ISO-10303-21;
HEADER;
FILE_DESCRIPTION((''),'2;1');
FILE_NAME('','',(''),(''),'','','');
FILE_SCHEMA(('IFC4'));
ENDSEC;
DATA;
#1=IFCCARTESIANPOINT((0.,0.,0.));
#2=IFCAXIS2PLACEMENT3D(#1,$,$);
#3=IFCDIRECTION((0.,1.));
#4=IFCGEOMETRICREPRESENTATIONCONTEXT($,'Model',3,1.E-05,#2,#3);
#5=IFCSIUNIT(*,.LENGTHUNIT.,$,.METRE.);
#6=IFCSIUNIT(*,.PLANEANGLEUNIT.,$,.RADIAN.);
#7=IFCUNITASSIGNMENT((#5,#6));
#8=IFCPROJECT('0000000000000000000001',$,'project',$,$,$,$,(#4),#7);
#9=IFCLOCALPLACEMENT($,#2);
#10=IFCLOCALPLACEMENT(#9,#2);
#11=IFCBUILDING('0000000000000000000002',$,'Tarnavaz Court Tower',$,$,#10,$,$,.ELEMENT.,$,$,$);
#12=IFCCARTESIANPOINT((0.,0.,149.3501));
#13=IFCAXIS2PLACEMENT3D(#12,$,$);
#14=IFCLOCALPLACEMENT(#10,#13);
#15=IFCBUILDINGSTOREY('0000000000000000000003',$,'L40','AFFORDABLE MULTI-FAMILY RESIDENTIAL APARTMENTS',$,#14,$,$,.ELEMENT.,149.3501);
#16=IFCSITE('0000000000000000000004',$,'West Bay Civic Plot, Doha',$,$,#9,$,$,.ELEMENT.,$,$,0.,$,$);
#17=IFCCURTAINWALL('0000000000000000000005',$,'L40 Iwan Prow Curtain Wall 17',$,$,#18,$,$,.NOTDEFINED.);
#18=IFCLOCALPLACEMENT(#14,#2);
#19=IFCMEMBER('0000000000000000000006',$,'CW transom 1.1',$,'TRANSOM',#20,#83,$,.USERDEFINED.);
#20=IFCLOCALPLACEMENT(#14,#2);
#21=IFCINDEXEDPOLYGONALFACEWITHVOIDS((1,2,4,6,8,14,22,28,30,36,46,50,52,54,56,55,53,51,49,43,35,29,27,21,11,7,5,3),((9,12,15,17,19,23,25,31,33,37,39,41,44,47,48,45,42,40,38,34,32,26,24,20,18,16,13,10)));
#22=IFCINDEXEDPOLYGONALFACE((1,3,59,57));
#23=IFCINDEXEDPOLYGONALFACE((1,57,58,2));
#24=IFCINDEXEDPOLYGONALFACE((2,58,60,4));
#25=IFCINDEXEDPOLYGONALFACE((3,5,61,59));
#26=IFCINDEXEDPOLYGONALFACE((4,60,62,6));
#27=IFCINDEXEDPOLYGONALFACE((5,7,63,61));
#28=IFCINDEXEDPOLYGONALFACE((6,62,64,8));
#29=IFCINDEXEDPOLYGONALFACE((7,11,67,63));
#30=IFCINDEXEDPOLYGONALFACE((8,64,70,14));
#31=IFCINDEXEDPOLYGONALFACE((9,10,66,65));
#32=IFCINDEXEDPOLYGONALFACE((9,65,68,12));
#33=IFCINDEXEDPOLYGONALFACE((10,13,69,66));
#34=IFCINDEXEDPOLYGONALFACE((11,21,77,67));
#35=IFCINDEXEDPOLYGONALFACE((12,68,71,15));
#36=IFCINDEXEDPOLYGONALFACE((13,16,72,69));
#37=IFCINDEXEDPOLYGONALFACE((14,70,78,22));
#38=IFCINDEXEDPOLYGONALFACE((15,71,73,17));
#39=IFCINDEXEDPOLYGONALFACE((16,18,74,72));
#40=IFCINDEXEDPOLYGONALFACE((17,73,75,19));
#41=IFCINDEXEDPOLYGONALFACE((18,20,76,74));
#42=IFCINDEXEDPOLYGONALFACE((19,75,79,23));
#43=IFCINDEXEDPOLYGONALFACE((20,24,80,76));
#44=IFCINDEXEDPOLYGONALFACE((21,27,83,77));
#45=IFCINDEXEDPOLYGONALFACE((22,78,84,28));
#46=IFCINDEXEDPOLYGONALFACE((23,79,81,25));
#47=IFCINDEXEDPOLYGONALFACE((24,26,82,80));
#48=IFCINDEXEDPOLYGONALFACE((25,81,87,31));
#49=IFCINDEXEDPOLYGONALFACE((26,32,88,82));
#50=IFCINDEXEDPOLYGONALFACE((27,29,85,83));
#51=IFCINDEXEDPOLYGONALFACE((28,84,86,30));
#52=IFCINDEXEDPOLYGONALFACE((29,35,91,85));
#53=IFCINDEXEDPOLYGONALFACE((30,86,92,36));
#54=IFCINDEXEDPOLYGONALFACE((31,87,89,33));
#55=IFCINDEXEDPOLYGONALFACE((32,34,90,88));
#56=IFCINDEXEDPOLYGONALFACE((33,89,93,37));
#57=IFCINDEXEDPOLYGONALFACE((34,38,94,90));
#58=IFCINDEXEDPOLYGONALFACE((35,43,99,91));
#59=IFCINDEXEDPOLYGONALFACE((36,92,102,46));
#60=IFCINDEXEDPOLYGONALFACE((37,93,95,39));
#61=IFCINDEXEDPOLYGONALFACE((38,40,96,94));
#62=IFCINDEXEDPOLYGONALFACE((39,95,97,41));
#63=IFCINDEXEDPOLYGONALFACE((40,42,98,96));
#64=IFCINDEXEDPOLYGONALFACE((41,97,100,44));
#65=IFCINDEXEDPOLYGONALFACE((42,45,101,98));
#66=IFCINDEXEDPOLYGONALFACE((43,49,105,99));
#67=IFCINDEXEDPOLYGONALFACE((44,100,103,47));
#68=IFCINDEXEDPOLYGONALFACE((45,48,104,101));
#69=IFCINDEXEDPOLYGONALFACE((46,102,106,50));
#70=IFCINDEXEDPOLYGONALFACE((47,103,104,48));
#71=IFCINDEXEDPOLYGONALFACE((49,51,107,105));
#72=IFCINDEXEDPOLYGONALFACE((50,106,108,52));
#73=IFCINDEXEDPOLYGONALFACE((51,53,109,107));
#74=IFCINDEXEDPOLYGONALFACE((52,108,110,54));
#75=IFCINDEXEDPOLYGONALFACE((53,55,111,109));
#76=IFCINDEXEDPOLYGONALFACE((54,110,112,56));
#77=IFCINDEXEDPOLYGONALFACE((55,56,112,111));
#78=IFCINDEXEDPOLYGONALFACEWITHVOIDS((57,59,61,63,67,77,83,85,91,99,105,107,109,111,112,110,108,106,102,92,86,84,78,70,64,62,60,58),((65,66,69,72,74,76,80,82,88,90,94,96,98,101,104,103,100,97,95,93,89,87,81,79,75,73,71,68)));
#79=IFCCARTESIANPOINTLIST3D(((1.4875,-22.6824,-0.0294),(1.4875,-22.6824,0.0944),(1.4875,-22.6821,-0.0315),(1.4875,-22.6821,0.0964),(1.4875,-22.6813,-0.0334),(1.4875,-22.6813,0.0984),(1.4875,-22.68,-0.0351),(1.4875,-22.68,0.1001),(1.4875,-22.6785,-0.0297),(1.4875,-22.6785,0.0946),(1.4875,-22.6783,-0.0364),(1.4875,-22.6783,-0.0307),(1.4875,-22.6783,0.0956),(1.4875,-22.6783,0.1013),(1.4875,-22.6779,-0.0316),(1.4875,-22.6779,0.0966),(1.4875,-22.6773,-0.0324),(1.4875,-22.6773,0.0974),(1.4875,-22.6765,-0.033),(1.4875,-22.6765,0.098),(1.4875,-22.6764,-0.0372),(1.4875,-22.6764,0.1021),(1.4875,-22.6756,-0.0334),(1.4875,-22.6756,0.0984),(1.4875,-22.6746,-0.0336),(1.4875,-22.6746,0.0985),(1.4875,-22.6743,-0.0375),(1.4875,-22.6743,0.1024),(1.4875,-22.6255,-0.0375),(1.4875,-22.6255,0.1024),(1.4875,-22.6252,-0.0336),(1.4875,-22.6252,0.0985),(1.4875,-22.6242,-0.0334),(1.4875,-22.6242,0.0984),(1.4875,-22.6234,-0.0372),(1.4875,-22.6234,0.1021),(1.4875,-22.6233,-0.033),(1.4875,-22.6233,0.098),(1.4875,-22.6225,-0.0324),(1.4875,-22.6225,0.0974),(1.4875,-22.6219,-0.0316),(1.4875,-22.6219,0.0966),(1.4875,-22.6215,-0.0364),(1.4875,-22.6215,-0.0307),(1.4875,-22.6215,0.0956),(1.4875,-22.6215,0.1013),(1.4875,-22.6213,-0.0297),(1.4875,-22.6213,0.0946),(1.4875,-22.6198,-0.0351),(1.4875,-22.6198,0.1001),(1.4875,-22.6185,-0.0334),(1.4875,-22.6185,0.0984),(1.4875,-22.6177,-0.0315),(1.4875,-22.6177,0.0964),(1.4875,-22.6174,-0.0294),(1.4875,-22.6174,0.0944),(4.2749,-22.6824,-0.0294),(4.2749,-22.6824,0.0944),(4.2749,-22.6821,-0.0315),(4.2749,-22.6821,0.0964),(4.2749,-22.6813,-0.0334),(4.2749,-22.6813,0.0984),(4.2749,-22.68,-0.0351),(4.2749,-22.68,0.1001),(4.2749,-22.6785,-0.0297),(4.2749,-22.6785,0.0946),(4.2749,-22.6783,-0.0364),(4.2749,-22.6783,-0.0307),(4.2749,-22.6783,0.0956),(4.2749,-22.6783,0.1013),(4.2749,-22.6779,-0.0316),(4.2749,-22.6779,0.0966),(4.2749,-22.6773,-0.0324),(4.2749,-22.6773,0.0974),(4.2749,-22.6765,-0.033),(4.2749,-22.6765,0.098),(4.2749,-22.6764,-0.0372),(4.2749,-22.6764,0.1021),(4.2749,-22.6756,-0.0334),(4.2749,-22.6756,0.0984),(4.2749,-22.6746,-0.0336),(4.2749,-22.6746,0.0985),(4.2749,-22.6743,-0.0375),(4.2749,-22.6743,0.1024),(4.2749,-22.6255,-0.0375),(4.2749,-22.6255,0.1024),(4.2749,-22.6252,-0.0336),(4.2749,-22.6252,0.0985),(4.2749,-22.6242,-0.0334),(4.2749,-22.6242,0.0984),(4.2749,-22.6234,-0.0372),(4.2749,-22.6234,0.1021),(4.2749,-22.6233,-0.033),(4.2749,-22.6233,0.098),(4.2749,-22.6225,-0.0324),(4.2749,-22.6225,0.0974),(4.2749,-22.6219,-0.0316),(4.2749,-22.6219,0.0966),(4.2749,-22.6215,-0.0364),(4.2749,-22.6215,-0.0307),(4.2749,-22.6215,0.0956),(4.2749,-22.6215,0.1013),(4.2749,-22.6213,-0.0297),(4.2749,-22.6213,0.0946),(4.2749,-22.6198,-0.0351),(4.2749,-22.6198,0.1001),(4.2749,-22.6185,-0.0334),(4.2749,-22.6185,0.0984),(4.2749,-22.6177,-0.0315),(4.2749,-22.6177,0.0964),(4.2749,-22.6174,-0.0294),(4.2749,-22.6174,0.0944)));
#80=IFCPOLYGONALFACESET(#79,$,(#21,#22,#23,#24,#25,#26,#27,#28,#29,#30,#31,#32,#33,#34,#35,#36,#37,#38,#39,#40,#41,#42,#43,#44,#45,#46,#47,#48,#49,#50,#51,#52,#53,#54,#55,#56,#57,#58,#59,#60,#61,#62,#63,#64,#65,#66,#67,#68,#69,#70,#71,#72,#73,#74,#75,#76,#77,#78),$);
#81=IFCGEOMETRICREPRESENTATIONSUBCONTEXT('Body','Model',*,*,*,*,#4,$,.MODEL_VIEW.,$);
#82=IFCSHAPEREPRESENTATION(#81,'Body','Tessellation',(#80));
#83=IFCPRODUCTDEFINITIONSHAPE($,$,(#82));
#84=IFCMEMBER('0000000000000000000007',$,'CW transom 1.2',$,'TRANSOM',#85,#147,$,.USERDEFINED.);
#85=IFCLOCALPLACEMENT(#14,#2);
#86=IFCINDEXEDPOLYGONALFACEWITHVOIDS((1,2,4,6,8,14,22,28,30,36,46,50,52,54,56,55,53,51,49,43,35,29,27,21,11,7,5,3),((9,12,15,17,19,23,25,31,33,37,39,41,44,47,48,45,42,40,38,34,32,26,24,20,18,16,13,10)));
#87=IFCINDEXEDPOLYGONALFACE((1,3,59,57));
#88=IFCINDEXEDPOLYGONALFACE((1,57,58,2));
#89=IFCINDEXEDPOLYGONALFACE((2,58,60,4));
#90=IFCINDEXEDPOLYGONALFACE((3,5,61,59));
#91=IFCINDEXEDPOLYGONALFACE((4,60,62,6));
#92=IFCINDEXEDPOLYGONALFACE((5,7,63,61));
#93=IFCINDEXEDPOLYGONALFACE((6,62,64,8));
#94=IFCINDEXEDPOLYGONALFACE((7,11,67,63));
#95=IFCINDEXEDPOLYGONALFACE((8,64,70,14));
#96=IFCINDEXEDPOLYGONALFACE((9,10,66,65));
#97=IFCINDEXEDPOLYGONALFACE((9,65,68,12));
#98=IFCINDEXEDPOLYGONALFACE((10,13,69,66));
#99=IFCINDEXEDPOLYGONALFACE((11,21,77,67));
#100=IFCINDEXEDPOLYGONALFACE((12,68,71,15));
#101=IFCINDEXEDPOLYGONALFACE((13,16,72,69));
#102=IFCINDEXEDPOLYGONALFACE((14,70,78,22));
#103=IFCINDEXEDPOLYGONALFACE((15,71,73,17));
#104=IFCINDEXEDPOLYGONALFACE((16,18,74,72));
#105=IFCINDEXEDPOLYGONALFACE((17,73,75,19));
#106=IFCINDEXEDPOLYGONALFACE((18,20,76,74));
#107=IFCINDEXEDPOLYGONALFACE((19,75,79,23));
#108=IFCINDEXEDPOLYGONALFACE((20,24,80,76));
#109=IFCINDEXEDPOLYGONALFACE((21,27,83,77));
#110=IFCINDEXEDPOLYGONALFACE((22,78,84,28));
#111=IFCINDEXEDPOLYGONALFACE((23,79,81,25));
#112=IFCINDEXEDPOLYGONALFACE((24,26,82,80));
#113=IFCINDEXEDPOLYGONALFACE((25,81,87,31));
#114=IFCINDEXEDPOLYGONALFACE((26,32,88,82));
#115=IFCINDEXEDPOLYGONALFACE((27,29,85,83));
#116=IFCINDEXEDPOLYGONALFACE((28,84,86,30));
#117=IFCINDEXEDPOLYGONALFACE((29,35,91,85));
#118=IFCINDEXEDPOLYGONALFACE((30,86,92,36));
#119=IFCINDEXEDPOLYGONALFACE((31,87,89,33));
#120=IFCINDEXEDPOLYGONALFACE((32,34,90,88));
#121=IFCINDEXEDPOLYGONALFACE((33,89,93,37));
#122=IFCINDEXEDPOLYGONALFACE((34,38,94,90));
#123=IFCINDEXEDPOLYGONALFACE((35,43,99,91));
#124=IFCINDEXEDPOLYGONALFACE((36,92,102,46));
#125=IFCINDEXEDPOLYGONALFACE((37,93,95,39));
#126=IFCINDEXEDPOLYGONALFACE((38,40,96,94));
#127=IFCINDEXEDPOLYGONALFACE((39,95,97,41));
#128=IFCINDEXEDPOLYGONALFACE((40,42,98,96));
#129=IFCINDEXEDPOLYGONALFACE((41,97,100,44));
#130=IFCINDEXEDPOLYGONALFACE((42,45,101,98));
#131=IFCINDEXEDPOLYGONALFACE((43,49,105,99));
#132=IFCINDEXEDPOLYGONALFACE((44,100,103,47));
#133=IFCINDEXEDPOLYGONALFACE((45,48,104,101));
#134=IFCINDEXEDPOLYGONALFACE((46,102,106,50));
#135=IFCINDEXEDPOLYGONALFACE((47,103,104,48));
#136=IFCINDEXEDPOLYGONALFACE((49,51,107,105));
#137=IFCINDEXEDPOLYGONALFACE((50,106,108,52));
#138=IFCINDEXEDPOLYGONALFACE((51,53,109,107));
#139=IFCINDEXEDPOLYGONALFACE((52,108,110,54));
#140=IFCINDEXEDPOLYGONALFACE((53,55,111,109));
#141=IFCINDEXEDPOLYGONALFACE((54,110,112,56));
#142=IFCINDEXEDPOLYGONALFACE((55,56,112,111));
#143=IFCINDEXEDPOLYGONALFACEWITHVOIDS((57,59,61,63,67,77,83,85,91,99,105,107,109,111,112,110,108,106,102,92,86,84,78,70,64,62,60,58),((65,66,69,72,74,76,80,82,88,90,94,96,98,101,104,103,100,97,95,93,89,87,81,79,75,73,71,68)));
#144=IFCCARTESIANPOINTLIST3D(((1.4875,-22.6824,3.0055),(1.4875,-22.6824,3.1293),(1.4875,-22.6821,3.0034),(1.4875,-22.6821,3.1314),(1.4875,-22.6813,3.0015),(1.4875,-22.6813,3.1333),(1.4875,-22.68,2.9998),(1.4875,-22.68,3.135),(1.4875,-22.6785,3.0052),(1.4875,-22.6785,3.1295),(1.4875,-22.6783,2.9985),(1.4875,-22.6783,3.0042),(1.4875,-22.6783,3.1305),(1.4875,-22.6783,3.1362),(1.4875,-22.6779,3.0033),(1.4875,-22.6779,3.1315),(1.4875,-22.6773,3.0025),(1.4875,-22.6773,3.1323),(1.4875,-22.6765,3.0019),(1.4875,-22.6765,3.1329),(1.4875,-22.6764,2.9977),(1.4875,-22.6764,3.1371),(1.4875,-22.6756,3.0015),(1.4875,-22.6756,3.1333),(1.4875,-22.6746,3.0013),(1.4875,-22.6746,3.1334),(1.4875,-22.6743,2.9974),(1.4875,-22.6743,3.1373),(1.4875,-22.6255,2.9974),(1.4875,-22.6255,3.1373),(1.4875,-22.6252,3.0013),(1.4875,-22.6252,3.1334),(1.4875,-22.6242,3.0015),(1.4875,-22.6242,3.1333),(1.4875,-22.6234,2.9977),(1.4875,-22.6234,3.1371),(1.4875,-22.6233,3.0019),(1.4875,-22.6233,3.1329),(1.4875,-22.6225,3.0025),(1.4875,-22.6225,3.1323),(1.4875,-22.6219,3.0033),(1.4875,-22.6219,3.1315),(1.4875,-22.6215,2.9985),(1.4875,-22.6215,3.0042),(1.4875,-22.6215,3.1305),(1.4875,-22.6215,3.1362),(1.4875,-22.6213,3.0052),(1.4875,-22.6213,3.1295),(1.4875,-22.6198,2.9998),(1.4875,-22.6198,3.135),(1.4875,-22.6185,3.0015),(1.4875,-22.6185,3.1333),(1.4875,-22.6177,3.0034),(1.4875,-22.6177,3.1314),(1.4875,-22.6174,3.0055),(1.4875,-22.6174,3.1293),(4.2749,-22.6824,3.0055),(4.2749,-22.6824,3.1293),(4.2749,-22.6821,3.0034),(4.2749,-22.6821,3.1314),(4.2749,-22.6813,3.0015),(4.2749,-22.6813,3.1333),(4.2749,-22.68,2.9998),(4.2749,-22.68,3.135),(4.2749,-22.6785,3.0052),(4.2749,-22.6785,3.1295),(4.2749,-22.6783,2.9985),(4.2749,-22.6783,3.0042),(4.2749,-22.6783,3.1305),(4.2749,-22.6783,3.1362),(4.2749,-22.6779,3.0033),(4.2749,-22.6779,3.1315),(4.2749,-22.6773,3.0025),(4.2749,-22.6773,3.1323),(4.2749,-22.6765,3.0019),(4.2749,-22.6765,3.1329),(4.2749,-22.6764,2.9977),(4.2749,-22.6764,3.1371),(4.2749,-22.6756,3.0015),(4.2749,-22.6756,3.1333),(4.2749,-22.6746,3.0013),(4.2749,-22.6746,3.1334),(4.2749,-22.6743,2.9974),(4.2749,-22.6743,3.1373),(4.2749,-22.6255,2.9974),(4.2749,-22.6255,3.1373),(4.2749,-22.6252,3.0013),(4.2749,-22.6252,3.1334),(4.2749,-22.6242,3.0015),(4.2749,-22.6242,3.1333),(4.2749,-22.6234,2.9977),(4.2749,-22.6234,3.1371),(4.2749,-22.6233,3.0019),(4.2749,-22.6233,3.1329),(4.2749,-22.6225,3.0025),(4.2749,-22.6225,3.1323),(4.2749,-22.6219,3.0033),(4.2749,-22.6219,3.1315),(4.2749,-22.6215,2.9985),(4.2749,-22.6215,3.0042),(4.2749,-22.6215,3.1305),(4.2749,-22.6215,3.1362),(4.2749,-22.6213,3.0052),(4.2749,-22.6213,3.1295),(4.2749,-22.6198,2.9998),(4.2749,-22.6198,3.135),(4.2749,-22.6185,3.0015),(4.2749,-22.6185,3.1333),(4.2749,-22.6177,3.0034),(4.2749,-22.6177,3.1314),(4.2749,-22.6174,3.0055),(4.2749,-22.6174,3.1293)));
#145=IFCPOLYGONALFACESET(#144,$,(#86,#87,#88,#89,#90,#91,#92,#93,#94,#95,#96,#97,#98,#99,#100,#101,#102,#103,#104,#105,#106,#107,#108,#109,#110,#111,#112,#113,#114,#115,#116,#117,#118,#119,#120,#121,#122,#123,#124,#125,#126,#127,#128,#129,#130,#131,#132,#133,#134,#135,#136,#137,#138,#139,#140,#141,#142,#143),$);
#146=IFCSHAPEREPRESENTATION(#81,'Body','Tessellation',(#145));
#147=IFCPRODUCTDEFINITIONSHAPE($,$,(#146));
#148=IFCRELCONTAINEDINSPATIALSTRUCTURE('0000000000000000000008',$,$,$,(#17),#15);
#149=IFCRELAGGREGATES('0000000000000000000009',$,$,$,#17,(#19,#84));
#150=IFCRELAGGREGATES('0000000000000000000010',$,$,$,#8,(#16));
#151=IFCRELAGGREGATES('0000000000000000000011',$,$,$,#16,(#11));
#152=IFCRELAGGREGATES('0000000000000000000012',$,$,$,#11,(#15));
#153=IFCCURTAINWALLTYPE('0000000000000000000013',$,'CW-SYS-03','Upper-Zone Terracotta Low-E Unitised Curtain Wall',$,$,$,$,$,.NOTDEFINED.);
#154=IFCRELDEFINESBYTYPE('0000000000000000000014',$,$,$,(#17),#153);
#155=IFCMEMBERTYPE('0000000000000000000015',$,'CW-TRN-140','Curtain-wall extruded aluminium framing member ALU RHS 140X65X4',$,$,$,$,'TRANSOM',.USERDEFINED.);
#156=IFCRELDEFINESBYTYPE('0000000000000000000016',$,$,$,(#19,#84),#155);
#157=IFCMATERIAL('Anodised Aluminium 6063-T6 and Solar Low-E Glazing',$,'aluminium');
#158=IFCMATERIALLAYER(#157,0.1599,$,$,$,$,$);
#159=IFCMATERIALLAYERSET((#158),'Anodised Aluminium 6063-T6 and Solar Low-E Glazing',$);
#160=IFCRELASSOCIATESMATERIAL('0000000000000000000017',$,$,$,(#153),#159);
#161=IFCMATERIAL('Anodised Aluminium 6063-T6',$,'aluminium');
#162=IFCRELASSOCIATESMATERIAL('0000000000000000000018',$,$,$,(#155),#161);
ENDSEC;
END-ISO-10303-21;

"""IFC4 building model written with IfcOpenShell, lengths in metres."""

from ifc_helpers import new_model, si_unit, direction, frame, origin, origin_2d, place, context, subcontext, project, spatial, hollow_rectangle, extrude, material, layer, layer_set, material_profile, profile_set, type_object, element, aggregate, save


model = new_model("IFC4")

# Units and contexts
model_context = context("Model", 3, precision=1e-05, world=origin(), true_north=direction((0.0, 1.0)))
body_context = subcontext(model_context, "Body", "Model", "MODEL_VIEW")
ifc_project = project(units=[si_unit("LENGTHUNIT", "METRE"), si_unit("PLANEANGLEUNIT", "RADIAN")], contexts=[model_context])

# Site, building, storey
site_placement = place(None, origin())
site = spatial("IfcSite", under=ifc_project, at=site_placement, Name="West Bay Civic Plot, Doha", CompositionType="ELEMENT", RefElevation=0.0)
building_placement = place(site_placement, origin())
building = spatial("IfcBuilding", under=site, at=building_placement, Name="Tarnavaz Court Tower", CompositionType="ELEMENT")
storey_placement = place(building_placement, frame((0.0, 0.0, 149.3501)))
storey = spatial("IfcBuildingStorey", under=building, at=storey_placement, Name="L40", Description="AFFORDABLE MULTI-FAMILY RESIDENTIAL APARTMENTS", CompositionType="ELEMENT", Elevation=149.3501)

# Curtain wall, members
ifc_material_1 = material(Name="Anodised Aluminium 6063-T6 and Solar Low-E Glazing", Category="aluminium")
ifc_layer_1 = layer(ifc_material_1, 0.1599)
ifc_layer_set_1 = layer_set([ifc_layer_1], Name="Anodised Aluminium 6063-T6 and Solar Low-E Glazing")
curtain_wall_type = type_object("IfcCurtainWallType", Name="CW-SYS-03", Description="Upper-Zone Terracotta Low-E Unitised Curtain Wall", PredefinedType="NOTDEFINED", material=ifc_layer_set_1)
curtain_wall_placement = place(storey_placement, origin())
curtain_wall = element("IfcCurtainWall", 1, at=curtain_wall_placement, inside=storey, type_object=curtain_wall_type, Name="L40 Iwan Prow Curtain Wall 17", PredefinedType="NOTDEFINED")
ifc_material_2 = material(Name="Anodised Aluminium 6063-T6", Category="aluminium")
ifc_material_profile_1 = material_profile(ifc_material_2, hollow_rectangle(XDim=0.0649, YDim=0.1399, WallThickness=0.0039, InnerFilletRadius=0.0039, OuterFilletRadius=0.0081, at=origin_2d()), Name="ALU RHS 140X65X4")
ifc_profile_set_1 = profile_set([ifc_material_profile_1], Name="Anodised Aluminium 6063-T6")
member_type_1 = type_object("IfcMemberType", Name="CW-TRN-140", Description="Curtain-wall extruded aluminium framing member ALU RHS 140X65X4", ElementType="TRANSOM", PredefinedType="USERDEFINED", material=ifc_profile_set_1)
member_1_placement = place(storey_placement, frame((4.2749, -22.6499, 0.0325), z_axis=(-1.0, 0.0, 0.0), x_axis=(0.0, -1.0, 0.0)))
member_1 = element("IfcMember", 2, at=member_1_placement, type_object=member_type_1, Name="CW transom 1.1", ObjectType="TRANSOM", PredefinedType="USERDEFINED", context=body_context, shape_type="SweptSolid", body=[
    extrude(hollow_rectangle(XDim=0.0649, YDim=0.1399, WallThickness=0.0039, InnerFilletRadius=0.0039, OuterFilletRadius=0.0081, at=origin_2d()), origin(), (0.0, 0.0, 1.0), 2.7874),
])
member_2_placement = place(storey_placement, frame((4.2749, -22.6499, 3.0674), z_axis=(-1.0, 0.0, 0.0), x_axis=(0.0, -1.0, 0.0)))
member_2 = element("IfcMember", 3, at=member_2_placement, type_object=member_type_1, Name="CW transom 1.2", ObjectType="TRANSOM", PredefinedType="USERDEFINED", context=body_context, shape_type="SweptSolid", body=[
    extrude(hollow_rectangle(XDim=0.0649, YDim=0.1399, WallThickness=0.0039, InnerFilletRadius=0.0039, OuterFilletRadius=0.0081, at=origin_2d()), origin(), (0.0, 0.0, 1.0), 2.7874),
])
aggregate(curtain_wall, [member_1, member_2])

save(model, "model.ifc")
